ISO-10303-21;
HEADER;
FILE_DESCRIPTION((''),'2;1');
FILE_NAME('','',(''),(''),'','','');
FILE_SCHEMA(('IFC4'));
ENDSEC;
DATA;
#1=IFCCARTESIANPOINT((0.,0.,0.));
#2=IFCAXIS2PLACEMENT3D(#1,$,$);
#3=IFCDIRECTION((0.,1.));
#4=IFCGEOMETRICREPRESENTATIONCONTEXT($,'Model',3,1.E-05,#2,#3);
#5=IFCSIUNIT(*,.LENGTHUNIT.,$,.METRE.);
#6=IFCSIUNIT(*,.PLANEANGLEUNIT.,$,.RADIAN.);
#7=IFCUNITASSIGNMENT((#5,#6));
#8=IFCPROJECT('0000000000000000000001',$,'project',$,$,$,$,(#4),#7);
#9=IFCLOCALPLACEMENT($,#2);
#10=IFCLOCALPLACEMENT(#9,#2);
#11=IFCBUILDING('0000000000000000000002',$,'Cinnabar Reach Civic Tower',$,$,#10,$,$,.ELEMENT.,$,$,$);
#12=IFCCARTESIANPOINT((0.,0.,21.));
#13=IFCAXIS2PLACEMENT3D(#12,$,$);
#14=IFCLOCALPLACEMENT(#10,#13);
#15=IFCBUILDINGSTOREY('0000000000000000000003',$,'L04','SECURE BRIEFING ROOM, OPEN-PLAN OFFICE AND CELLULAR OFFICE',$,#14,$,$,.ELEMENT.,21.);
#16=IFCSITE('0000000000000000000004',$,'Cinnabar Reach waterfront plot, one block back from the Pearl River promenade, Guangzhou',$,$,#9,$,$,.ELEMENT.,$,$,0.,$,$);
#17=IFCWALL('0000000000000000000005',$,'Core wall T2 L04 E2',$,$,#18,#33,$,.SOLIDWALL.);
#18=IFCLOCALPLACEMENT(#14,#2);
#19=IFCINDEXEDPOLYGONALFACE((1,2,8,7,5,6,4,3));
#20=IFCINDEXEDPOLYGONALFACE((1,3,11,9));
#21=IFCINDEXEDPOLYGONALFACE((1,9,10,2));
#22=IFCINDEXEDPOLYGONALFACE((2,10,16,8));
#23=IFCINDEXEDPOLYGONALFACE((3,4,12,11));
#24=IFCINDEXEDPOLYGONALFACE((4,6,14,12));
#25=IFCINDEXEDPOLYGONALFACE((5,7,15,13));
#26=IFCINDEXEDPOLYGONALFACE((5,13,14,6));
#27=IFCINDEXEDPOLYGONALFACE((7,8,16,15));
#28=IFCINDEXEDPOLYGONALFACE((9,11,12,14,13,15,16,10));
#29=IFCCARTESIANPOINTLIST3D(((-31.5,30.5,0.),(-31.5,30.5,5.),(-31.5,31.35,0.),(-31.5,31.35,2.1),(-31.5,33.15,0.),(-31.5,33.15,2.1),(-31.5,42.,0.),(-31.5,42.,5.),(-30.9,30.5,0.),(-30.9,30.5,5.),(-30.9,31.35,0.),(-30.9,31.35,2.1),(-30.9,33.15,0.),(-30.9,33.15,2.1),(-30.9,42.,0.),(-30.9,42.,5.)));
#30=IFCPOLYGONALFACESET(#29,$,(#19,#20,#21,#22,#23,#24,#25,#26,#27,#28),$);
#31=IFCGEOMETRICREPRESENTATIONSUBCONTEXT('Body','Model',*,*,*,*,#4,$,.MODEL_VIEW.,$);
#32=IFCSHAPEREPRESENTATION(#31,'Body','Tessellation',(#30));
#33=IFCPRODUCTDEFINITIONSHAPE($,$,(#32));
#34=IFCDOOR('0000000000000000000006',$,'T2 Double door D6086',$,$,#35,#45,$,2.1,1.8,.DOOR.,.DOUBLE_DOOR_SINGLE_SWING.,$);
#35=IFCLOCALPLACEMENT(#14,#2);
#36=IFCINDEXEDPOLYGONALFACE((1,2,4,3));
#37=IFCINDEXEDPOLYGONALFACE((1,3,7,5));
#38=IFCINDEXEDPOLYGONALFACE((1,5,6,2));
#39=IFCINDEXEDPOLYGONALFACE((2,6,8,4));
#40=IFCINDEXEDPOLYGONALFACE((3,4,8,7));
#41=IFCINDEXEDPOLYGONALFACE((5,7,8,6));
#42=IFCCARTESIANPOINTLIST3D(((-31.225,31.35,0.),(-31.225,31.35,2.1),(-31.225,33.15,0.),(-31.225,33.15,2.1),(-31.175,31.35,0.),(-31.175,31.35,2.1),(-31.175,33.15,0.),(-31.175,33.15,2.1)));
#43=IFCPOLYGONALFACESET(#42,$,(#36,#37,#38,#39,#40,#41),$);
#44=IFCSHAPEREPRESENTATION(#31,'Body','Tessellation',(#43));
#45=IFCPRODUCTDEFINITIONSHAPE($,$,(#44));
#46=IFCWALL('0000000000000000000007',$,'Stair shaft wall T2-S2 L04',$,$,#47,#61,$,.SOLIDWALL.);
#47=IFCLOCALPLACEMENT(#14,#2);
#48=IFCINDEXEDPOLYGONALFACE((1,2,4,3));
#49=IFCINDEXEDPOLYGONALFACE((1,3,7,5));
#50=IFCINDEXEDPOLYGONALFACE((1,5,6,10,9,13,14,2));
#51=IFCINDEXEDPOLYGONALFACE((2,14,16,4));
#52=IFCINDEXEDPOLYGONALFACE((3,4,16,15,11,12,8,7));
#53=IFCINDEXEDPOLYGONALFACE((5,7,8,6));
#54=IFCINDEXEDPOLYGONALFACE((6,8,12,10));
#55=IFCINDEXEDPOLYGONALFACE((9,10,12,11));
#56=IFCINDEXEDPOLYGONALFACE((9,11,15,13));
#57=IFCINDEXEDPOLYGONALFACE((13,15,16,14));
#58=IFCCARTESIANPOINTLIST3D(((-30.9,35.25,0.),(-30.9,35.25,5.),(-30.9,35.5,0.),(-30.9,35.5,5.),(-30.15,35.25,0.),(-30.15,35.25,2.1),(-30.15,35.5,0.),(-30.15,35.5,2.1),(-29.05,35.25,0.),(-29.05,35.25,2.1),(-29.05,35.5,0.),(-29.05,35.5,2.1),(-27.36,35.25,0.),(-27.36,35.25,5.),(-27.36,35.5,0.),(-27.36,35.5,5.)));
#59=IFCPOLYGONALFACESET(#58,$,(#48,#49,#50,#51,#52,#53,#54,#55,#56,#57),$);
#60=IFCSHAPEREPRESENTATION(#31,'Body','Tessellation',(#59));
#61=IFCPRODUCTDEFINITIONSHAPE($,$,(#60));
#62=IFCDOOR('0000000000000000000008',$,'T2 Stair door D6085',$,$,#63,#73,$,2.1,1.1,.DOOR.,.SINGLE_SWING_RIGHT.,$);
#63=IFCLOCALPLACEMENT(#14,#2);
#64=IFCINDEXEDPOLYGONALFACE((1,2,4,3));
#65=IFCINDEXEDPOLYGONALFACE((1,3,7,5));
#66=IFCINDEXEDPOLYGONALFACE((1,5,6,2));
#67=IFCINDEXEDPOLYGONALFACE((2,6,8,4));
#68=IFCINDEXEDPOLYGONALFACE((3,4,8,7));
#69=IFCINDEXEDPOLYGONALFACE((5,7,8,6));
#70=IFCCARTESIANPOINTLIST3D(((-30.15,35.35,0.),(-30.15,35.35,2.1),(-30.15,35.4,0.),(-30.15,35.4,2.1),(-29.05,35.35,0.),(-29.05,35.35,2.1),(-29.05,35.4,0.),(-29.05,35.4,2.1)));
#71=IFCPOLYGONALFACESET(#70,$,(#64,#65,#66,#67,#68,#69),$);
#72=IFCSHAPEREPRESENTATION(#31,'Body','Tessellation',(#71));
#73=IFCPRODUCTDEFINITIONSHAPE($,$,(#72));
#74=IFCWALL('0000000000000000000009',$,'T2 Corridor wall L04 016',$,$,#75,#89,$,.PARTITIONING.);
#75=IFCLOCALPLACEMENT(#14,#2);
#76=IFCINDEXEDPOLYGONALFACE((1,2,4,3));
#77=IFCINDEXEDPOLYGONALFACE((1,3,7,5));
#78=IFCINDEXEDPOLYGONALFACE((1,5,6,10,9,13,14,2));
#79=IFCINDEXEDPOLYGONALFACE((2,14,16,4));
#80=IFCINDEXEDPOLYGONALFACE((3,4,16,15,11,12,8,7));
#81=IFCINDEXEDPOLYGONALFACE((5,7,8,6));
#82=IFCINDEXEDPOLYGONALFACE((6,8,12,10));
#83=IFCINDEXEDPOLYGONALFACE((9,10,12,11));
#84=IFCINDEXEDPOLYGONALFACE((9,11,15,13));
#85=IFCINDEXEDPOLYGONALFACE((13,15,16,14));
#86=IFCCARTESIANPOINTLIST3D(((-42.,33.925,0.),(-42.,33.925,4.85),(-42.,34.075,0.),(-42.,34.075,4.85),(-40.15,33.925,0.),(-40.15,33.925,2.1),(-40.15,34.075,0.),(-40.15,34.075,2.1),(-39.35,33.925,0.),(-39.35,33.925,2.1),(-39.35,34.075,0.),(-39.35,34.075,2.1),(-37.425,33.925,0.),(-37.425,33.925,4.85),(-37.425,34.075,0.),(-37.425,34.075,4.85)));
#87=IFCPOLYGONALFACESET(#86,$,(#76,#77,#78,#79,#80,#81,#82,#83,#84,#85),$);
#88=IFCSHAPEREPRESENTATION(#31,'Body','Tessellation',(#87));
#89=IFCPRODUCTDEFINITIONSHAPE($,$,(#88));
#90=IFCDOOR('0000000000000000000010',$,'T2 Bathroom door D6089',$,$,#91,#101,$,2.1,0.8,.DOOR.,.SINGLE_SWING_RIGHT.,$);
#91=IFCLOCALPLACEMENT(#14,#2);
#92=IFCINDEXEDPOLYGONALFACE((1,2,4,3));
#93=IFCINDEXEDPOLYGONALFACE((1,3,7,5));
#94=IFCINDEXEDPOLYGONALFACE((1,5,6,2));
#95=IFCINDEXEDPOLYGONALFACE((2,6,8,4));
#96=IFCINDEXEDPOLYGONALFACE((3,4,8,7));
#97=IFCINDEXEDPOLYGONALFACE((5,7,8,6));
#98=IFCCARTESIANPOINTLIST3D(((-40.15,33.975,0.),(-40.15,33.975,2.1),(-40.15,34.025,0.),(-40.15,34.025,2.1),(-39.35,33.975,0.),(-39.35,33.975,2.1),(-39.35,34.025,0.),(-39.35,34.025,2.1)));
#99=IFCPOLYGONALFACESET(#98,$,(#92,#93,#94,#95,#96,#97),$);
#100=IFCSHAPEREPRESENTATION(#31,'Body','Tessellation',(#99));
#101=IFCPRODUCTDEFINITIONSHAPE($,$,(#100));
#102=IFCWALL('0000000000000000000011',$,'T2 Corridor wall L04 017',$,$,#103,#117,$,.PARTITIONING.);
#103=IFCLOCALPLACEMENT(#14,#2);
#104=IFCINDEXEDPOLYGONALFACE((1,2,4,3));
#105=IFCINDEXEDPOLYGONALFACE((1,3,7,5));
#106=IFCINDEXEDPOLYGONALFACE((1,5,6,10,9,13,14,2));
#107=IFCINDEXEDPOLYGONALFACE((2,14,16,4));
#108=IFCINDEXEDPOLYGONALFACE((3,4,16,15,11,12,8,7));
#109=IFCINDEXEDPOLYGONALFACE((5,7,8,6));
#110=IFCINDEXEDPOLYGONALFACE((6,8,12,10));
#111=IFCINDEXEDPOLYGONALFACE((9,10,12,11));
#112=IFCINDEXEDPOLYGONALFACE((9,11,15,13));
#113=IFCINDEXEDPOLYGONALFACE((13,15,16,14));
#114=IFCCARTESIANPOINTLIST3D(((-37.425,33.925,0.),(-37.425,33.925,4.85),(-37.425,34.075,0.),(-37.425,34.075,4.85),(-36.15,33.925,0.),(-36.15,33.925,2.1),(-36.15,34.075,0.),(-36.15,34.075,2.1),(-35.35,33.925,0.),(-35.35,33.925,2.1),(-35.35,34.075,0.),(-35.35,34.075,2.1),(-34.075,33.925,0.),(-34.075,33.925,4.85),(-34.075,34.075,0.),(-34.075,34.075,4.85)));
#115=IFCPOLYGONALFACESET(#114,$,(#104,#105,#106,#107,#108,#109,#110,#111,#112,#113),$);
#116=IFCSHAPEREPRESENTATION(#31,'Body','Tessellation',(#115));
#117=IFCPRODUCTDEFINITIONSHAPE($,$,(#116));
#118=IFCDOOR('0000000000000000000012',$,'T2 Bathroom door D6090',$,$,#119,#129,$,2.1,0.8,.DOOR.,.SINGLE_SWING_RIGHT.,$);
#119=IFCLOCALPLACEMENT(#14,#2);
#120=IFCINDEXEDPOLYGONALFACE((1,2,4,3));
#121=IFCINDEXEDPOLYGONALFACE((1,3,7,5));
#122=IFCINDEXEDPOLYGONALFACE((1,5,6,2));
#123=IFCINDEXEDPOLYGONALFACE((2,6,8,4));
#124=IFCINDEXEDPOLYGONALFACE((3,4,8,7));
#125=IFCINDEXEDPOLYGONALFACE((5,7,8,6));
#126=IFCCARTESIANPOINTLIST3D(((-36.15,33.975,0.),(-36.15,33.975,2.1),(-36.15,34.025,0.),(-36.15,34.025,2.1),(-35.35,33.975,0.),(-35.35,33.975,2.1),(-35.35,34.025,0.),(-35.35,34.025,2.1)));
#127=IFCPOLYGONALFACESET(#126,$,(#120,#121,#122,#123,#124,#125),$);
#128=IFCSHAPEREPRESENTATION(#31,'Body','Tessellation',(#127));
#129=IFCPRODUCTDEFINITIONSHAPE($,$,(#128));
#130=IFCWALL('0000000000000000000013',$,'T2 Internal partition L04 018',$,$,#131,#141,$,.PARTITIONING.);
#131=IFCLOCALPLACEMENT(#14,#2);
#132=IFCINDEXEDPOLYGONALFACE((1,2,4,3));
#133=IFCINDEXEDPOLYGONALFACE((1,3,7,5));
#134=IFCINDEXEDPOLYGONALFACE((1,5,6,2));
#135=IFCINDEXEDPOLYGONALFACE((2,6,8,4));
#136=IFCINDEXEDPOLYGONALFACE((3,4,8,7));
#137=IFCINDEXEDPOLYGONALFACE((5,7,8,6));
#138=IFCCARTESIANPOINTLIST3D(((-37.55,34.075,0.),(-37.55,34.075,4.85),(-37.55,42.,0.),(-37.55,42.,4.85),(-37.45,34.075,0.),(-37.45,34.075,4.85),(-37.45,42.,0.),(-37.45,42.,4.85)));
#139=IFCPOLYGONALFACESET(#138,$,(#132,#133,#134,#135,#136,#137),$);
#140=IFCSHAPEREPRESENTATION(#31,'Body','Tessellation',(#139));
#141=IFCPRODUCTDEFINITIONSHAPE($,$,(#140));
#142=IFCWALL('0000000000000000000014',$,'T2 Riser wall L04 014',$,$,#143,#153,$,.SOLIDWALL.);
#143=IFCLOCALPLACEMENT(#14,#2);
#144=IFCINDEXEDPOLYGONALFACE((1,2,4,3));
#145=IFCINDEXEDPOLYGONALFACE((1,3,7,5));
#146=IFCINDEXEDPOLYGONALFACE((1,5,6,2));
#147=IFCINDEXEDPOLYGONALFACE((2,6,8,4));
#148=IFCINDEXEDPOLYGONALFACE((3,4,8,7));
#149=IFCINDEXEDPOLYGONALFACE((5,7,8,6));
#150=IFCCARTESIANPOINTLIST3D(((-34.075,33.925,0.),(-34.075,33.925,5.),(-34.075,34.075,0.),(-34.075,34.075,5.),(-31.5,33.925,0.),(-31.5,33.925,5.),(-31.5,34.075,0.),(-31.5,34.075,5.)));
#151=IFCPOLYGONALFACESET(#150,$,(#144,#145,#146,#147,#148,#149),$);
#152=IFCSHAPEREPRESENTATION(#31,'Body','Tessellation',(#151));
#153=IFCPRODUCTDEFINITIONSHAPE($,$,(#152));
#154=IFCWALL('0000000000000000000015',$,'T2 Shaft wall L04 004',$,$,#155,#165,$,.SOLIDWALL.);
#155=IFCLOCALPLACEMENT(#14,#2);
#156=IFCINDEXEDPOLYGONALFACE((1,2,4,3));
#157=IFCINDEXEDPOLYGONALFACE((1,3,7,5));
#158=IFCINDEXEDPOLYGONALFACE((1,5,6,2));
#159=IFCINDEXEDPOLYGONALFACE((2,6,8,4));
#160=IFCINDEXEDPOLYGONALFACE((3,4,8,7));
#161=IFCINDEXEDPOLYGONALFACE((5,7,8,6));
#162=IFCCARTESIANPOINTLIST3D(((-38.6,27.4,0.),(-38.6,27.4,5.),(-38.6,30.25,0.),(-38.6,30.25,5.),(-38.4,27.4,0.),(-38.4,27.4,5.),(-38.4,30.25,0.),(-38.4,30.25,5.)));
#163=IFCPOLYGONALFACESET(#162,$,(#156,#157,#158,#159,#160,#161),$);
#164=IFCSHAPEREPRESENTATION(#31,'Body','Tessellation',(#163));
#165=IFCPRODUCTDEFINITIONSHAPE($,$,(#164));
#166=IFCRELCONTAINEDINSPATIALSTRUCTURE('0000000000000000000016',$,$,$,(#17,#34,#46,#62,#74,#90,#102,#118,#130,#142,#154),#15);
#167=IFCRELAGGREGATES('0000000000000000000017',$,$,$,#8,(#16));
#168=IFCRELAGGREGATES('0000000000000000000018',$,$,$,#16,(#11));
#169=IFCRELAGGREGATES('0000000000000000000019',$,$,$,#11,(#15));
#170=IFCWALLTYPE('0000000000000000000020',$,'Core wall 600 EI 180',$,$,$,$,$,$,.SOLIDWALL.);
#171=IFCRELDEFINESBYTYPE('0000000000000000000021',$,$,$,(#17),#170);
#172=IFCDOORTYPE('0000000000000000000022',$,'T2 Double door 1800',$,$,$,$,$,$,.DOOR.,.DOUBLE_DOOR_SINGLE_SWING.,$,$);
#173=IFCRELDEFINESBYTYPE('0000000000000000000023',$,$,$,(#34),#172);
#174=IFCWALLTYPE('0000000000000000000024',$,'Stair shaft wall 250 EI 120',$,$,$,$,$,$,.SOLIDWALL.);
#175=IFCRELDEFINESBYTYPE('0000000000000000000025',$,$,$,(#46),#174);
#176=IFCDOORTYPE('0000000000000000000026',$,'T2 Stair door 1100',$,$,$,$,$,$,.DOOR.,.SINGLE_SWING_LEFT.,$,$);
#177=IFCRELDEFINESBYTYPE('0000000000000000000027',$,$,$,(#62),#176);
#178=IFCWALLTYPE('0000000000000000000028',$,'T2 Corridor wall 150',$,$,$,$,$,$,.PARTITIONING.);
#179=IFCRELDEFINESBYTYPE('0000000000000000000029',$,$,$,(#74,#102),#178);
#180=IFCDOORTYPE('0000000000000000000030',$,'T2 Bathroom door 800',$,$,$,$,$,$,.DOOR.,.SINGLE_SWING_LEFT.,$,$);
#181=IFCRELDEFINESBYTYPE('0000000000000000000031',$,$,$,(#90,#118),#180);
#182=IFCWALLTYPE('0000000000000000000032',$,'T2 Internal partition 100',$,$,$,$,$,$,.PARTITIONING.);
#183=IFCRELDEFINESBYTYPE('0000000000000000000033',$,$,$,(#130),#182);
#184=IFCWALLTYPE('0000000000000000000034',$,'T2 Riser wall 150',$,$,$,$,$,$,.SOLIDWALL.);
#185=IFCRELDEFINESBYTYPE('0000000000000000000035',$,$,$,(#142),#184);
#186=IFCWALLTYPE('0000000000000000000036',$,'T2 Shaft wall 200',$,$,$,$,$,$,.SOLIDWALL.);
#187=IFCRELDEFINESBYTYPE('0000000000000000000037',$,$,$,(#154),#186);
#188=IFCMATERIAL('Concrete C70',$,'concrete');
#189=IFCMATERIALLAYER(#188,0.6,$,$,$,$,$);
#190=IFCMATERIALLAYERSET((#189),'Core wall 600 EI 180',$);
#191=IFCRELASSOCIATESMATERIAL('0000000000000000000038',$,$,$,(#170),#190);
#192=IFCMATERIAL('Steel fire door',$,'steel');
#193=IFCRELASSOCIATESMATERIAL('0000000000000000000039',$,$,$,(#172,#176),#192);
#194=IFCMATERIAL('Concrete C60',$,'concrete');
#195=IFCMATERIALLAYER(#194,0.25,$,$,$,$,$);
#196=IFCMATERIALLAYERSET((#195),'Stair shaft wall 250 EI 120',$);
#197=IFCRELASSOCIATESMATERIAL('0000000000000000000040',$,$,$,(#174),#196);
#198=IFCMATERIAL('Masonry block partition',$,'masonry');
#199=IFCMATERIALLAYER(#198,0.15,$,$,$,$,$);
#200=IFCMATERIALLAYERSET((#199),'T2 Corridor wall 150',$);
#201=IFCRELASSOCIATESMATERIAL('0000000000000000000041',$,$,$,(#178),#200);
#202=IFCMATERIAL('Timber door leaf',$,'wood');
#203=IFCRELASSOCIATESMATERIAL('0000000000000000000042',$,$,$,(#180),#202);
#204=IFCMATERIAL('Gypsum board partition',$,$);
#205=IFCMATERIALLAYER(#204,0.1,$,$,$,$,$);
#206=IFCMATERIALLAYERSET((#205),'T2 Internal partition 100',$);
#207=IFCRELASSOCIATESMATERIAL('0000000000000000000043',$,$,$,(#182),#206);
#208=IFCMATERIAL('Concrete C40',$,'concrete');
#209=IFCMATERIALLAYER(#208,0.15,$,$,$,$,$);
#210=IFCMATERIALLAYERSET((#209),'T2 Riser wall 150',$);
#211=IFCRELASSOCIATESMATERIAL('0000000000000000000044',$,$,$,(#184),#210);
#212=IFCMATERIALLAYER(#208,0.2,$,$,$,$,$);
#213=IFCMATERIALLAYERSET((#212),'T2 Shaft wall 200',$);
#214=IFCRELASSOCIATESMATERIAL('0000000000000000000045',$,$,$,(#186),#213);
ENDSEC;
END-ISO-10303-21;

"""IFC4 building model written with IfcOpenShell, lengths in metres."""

from ifc_helpers import new_model, si_unit, direction, frame, frame_2d, origin, place, context, subcontext, project, spatial, rectangle, extrude, material, layer, layer_set, type_object, element, fill, save


model = new_model("IFC4")

# Units and contexts
model_context = context("Model", 3, precision=1e-05, world=origin(), true_north=direction((0.0, 1.0)))
body_context = subcontext(model_context, "Body", "Model", "MODEL_VIEW")
ifc_project = project(units=[si_unit("LENGTHUNIT", "METRE"), si_unit("PLANEANGLEUNIT", "RADIAN")], contexts=[model_context])

# Site, building, storey
site_placement = place(None, origin())
site = spatial("IfcSite", under=ifc_project, at=site_placement, Name="Cinnabar Reach waterfront plot, one block back from the Pearl River promenade, Guangzhou", CompositionType="ELEMENT", RefElevation=0.0)
building_placement = place(site_placement, origin())
building = spatial("IfcBuilding", under=site, at=building_placement, Name="Cinnabar Reach Civic Tower", CompositionType="ELEMENT")
storey_placement = place(building_placement, frame((0.0, 0.0, 21.0)))
storey = spatial("IfcBuildingStorey", under=building, at=storey_placement, Name="L04", Description="SECURE BRIEFING ROOM, OPEN-PLAN OFFICE AND CELLULAR OFFICE", CompositionType="ELEMENT", Elevation=21.0)

# Walls, openings, doors
ifc_material_1 = material(Name="Concrete C70", Category="concrete")
ifc_layer_1 = layer(ifc_material_1, 0.6)
ifc_layer_set_1 = layer_set([ifc_layer_1], Name="Core wall 600 EI 180")
wall_type_1 = type_object("IfcWallType", Name="Core wall 600 EI 180", PredefinedType="SOLIDWALL", material=ifc_layer_set_1)
wall_1_placement = place(storey_placement, frame((-31.2, 30.5, 0.0), z_axis=(0.0, 0.0, 1.0), x_axis=(0.0, 1.0, 0.0)))
wall_1 = element("IfcWall", 1, at=wall_1_placement, inside=storey, type_object=wall_type_1, Name="Core wall T2 L04 E2", PredefinedType="SOLIDWALL", context=body_context, shape_type="SweptSolid", body=[
    extrude(rectangle(XDim=11.5, YDim=0.6, at=frame_2d((5.75, 0.0))), origin(), (0.0, 0.0, 1.0), 5.0),
])
opening_1_placement = place(wall_1_placement, frame((0.85, 0.0, 0.0)))
opening_1 = element("IfcOpeningElement", 2, at=opening_1_placement, cuts=wall_1, PredefinedType="OPENING", context=body_context, shape_type="SweptSolid", body=[
    extrude(rectangle(XDim=1.8, YDim=2.1, at=frame_2d((0.9, 1.05))), frame((0.0, 0.31, 0.0), z_axis=(0.0, -1.0, 0.0), x_axis=(1.0, 0.0, 0.0)), (0.0, 0.0, 1.0), 0.62),
])
ifc_material_2 = material(Name="Steel fire door", Category="steel")
door_type_1 = type_object("IfcDoorType", Name="T2 Double door 1800", OperationType="DOUBLE_DOOR_SINGLE_SWING", PredefinedType="DOOR", material=ifc_material_2)
door_1_placement = place(opening_1_placement, origin())
door_1 = element("IfcDoor", 3, at=door_1_placement, inside=storey, type_object=door_type_1, Name="T2 Double door D6086", OperationType="DOUBLE_DOOR_SINGLE_SWING", OverallHeight=2.1, OverallWidth=1.8, PredefinedType="DOOR", context=body_context, shape_type="SweptSolid", body=[
    extrude(rectangle(XDim=1.8, YDim=2.1, at=frame_2d((0.9, 1.05))), frame((0.0, 0.025, 0.0), z_axis=(0.0, -1.0, 0.0), x_axis=(1.0, 0.0, 0.0)), (0.0, 0.0, 1.0), 0.05),
])
fill(opening_1, door_1)
ifc_material_3 = material(Name="Concrete C60", Category="concrete")
ifc_layer_2 = layer(ifc_material_3, 0.25)
ifc_layer_set_2 = layer_set([ifc_layer_2], Name="Stair shaft wall 250 EI 120")
wall_type_2 = type_object("IfcWallType", Name="Stair shaft wall 250 EI 120", PredefinedType="SOLIDWALL", material=ifc_layer_set_2)
wall_2_placement = place(storey_placement, frame((-30.9, 35.375, 0.0), z_axis=(0.0, 0.0, 1.0), x_axis=(1.0, 0.0, 0.0)))
wall_2 = element("IfcWall", 4, at=wall_2_placement, inside=storey, type_object=wall_type_2, Name="Stair shaft wall T2-S2 L04", PredefinedType="SOLIDWALL", context=body_context, shape_type="SweptSolid", body=[
    extrude(rectangle(XDim=3.54, YDim=0.25, at=frame_2d((1.77, 0.0))), origin(), (0.0, 0.0, 1.0), 5.0),
])
opening_2_placement = place(wall_2_placement, frame((0.75, 0.0, 0.0)))
opening_2 = element("IfcOpeningElement", 5, at=opening_2_placement, cuts=wall_2, PredefinedType="OPENING", context=body_context, shape_type="SweptSolid", body=[
    extrude(rectangle(XDim=1.1, YDim=2.1, at=frame_2d((0.55, 1.05))), frame((0.0, 0.135, 0.0), z_axis=(0.0, -1.0, 0.0), x_axis=(1.0, 0.0, 0.0)), (0.0, 0.0, 1.0), 0.27),
])
door_type_2 = type_object("IfcDoorType", Name="T2 Stair door 1100", OperationType="SINGLE_SWING_LEFT", PredefinedType="DOOR", material=ifc_material_2)
door_2_placement = place(opening_2_placement, origin())
door_2 = element("IfcDoor", 6, at=door_2_placement, inside=storey, type_object=door_type_2, Name="T2 Stair door D6085", OperationType="SINGLE_SWING_RIGHT", OverallHeight=2.1, OverallWidth=1.1, PredefinedType="DOOR", context=body_context, shape_type="SweptSolid", body=[
    extrude(rectangle(XDim=1.1, YDim=2.1, at=frame_2d((0.55, 1.05))), frame((0.0, 0.025, 0.0), z_axis=(0.0, -1.0, 0.0), x_axis=(1.0, 0.0, 0.0)), (0.0, 0.0, 1.0), 0.05),
])
fill(opening_2, door_2)
ifc_material_4 = material(Name="Masonry block partition", Category="masonry")
ifc_layer_3 = layer(ifc_material_4, 0.15)
ifc_layer_set_3 = layer_set([ifc_layer_3], Name="T2 Corridor wall 150")
wall_type_3 = type_object("IfcWallType", Name="T2 Corridor wall 150", PredefinedType="PARTITIONING", material=ifc_layer_set_3)
wall_3_placement = place(storey_placement, frame((-37.425, 34.0, 0.0), z_axis=(0.0, 0.0, 1.0), x_axis=(-1.0, 0.0, 0.0)))
wall_3 = element("IfcWall", 7, at=wall_3_placement, inside=storey, type_object=wall_type_3, Name="T2 Corridor wall L04 016", PredefinedType="PARTITIONING", context=body_context, shape_type="SweptSolid", body=[
    extrude(rectangle(XDim=4.575, YDim=0.15, at=frame_2d((2.2875, 0.0))), origin(), (0.0, 0.0, 1.0), 4.85),
])
opening_3_placement = place(wall_3_placement, frame((1.925, 0.0, 0.0)))
opening_3 = element("IfcOpeningElement", 8, at=opening_3_placement, cuts=wall_3, PredefinedType="OPENING", context=body_context, shape_type="SweptSolid", body=[
    extrude(rectangle(XDim=0.8, YDim=2.1, at=frame_2d((0.4, 1.05))), frame((0.0, 0.085, 0.0), z_axis=(0.0, -1.0, 0.0), x_axis=(1.0, 0.0, 0.0)), (0.0, 0.0, 1.0), 0.17),
])
ifc_material_5 = material(Name="Timber door leaf", Category="wood")
door_type_3 = type_object("IfcDoorType", Name="T2 Bathroom door 800", OperationType="SINGLE_SWING_LEFT", PredefinedType="DOOR", material=ifc_material_5)
door_3_placement = place(opening_3_placement, frame((0.8, 0.0, 0.0), z_axis=(0.0, 0.0, 1.0), x_axis=(-1.0, 0.0, 0.0)))
door_3 = element("IfcDoor", 9, at=door_3_placement, inside=storey, type_object=door_type_3, Name="T2 Bathroom door D6089", OperationType="SINGLE_SWING_RIGHT", OverallHeight=2.1, OverallWidth=0.8, PredefinedType="DOOR", context=body_context, shape_type="SweptSolid", body=[
    extrude(rectangle(XDim=0.8, YDim=2.1, at=frame_2d((0.4, 1.05))), frame((0.0, 0.025, 0.0), z_axis=(0.0, -1.0, 0.0), x_axis=(1.0, 0.0, 0.0)), (0.0, 0.0, 1.0), 0.05),
])
fill(opening_3, door_3)
wall_4_placement = place(storey_placement, frame((-34.075, 34.0, 0.0), z_axis=(0.0, 0.0, 1.0), x_axis=(-1.0, 0.0, 0.0)))
wall_4 = element("IfcWall", 10, at=wall_4_placement, inside=storey, type_object=wall_type_3, Name="T2 Corridor wall L04 017", PredefinedType="PARTITIONING", context=body_context, shape_type="SweptSolid", body=[
    extrude(rectangle(XDim=3.35, YDim=0.15, at=frame_2d((1.675, 0.0))), origin(), (0.0, 0.0, 1.0), 4.85),
])
opening_4_placement = place(wall_4_placement, frame((1.275, 0.0, 0.0)))
opening_4 = element("IfcOpeningElement", 11, at=opening_4_placement, cuts=wall_4, PredefinedType="OPENING", context=body_context, shape_type="SweptSolid", body=[
    extrude(rectangle(XDim=0.8, YDim=2.1, at=frame_2d((0.4, 1.05))), frame((0.0, 0.085, 0.0), z_axis=(0.0, -1.0, 0.0), x_axis=(1.0, 0.0, 0.0)), (0.0, 0.0, 1.0), 0.17),
])
door_4_placement = place(opening_4_placement, frame((0.8, 0.0, 0.0), z_axis=(0.0, 0.0, 1.0), x_axis=(-1.0, 0.0, 0.0)))
door_4 = element("IfcDoor", 12, at=door_4_placement, inside=storey, type_object=door_type_3, Name="T2 Bathroom door D6090", OperationType="SINGLE_SWING_RIGHT", OverallHeight=2.1, OverallWidth=0.8, PredefinedType="DOOR", context=body_context, shape_type="SweptSolid", body=[
    extrude(rectangle(XDim=0.8, YDim=2.1, at=frame_2d((0.4, 1.05))), frame((0.0, 0.025, 0.0), z_axis=(0.0, -1.0, 0.0), x_axis=(1.0, 0.0, 0.0)), (0.0, 0.0, 1.0), 0.05),
])
fill(opening_4, door_4)

# Walls
ifc_material_6 = material(Name="Gypsum board partition")
ifc_layer_4 = layer(ifc_material_6, 0.1)
ifc_layer_set_4 = layer_set([ifc_layer_4], Name="T2 Internal partition 100")
wall_type_4 = type_object("IfcWallType", Name="T2 Internal partition 100", PredefinedType="PARTITIONING", material=ifc_layer_set_4)
wall_5_placement = place(storey_placement, frame((-37.5, 34.075, 0.0), z_axis=(0.0, 0.0, 1.0), x_axis=(0.0, 1.0, 0.0)))
element("IfcWall", 13, at=wall_5_placement, inside=storey, type_object=wall_type_4, Name="T2 Internal partition L04 018", PredefinedType="PARTITIONING", context=body_context, shape_type="SweptSolid", body=[
    extrude(rectangle(XDim=7.925, YDim=0.1, at=frame_2d((3.9625, 0.0))), origin(), (0.0, 0.0, 1.0), 4.85),
])
ifc_material_7 = material(Name="Concrete C40", Category="concrete")
ifc_layer_5 = layer(ifc_material_7, 0.15)
ifc_layer_set_5 = layer_set([ifc_layer_5], Name="T2 Riser wall 150")
wall_type_5 = type_object("IfcWallType", Name="T2 Riser wall 150", PredefinedType="SOLIDWALL", material=ifc_layer_set_5)
wall_6_placement = place(storey_placement, frame((-34.075, 34.0, 0.0), z_axis=(0.0, 0.0, 1.0), x_axis=(1.0, 0.0, 0.0)))
element("IfcWall", 14, at=wall_6_placement, inside=storey, type_object=wall_type_5, Name="T2 Riser wall L04 014", PredefinedType="SOLIDWALL", context=body_context, shape_type="SweptSolid", body=[
    extrude(rectangle(XDim=2.575, YDim=0.15, at=frame_2d((1.2875, 0.0))), origin(), (0.0, 0.0, 1.0), 5.0),
])
ifc_layer_6 = layer(ifc_material_7, 0.2)
ifc_layer_set_6 = layer_set([ifc_layer_6], Name="T2 Shaft wall 200")
wall_type_6 = type_object("IfcWallType", Name="T2 Shaft wall 200", PredefinedType="SOLIDWALL", material=ifc_layer_set_6)
for number, where, z_axis, x_axis, name in (
    (15, (-38.5, 27.4, 0.0), (0.0, 0.0, 1.0), (0.0, 1.0, 0.0), "T2 Shaft wall L04 004"),
):
    element("IfcWall", number, at=place(storey_placement, frame(where, z_axis=z_axis, x_axis=x_axis)), inside=storey, type_object=wall_type_6, Name=name, PredefinedType="SOLIDWALL", context=body_context, shape_type="SweptSolid", body=[
        extrude(rectangle(XDim=2.85, YDim=0.2, at=frame_2d((1.425, 0.0))), origin(), (0.0, 0.0, 1.0), 5.0),
    ])

save(model, "model.ifc")
